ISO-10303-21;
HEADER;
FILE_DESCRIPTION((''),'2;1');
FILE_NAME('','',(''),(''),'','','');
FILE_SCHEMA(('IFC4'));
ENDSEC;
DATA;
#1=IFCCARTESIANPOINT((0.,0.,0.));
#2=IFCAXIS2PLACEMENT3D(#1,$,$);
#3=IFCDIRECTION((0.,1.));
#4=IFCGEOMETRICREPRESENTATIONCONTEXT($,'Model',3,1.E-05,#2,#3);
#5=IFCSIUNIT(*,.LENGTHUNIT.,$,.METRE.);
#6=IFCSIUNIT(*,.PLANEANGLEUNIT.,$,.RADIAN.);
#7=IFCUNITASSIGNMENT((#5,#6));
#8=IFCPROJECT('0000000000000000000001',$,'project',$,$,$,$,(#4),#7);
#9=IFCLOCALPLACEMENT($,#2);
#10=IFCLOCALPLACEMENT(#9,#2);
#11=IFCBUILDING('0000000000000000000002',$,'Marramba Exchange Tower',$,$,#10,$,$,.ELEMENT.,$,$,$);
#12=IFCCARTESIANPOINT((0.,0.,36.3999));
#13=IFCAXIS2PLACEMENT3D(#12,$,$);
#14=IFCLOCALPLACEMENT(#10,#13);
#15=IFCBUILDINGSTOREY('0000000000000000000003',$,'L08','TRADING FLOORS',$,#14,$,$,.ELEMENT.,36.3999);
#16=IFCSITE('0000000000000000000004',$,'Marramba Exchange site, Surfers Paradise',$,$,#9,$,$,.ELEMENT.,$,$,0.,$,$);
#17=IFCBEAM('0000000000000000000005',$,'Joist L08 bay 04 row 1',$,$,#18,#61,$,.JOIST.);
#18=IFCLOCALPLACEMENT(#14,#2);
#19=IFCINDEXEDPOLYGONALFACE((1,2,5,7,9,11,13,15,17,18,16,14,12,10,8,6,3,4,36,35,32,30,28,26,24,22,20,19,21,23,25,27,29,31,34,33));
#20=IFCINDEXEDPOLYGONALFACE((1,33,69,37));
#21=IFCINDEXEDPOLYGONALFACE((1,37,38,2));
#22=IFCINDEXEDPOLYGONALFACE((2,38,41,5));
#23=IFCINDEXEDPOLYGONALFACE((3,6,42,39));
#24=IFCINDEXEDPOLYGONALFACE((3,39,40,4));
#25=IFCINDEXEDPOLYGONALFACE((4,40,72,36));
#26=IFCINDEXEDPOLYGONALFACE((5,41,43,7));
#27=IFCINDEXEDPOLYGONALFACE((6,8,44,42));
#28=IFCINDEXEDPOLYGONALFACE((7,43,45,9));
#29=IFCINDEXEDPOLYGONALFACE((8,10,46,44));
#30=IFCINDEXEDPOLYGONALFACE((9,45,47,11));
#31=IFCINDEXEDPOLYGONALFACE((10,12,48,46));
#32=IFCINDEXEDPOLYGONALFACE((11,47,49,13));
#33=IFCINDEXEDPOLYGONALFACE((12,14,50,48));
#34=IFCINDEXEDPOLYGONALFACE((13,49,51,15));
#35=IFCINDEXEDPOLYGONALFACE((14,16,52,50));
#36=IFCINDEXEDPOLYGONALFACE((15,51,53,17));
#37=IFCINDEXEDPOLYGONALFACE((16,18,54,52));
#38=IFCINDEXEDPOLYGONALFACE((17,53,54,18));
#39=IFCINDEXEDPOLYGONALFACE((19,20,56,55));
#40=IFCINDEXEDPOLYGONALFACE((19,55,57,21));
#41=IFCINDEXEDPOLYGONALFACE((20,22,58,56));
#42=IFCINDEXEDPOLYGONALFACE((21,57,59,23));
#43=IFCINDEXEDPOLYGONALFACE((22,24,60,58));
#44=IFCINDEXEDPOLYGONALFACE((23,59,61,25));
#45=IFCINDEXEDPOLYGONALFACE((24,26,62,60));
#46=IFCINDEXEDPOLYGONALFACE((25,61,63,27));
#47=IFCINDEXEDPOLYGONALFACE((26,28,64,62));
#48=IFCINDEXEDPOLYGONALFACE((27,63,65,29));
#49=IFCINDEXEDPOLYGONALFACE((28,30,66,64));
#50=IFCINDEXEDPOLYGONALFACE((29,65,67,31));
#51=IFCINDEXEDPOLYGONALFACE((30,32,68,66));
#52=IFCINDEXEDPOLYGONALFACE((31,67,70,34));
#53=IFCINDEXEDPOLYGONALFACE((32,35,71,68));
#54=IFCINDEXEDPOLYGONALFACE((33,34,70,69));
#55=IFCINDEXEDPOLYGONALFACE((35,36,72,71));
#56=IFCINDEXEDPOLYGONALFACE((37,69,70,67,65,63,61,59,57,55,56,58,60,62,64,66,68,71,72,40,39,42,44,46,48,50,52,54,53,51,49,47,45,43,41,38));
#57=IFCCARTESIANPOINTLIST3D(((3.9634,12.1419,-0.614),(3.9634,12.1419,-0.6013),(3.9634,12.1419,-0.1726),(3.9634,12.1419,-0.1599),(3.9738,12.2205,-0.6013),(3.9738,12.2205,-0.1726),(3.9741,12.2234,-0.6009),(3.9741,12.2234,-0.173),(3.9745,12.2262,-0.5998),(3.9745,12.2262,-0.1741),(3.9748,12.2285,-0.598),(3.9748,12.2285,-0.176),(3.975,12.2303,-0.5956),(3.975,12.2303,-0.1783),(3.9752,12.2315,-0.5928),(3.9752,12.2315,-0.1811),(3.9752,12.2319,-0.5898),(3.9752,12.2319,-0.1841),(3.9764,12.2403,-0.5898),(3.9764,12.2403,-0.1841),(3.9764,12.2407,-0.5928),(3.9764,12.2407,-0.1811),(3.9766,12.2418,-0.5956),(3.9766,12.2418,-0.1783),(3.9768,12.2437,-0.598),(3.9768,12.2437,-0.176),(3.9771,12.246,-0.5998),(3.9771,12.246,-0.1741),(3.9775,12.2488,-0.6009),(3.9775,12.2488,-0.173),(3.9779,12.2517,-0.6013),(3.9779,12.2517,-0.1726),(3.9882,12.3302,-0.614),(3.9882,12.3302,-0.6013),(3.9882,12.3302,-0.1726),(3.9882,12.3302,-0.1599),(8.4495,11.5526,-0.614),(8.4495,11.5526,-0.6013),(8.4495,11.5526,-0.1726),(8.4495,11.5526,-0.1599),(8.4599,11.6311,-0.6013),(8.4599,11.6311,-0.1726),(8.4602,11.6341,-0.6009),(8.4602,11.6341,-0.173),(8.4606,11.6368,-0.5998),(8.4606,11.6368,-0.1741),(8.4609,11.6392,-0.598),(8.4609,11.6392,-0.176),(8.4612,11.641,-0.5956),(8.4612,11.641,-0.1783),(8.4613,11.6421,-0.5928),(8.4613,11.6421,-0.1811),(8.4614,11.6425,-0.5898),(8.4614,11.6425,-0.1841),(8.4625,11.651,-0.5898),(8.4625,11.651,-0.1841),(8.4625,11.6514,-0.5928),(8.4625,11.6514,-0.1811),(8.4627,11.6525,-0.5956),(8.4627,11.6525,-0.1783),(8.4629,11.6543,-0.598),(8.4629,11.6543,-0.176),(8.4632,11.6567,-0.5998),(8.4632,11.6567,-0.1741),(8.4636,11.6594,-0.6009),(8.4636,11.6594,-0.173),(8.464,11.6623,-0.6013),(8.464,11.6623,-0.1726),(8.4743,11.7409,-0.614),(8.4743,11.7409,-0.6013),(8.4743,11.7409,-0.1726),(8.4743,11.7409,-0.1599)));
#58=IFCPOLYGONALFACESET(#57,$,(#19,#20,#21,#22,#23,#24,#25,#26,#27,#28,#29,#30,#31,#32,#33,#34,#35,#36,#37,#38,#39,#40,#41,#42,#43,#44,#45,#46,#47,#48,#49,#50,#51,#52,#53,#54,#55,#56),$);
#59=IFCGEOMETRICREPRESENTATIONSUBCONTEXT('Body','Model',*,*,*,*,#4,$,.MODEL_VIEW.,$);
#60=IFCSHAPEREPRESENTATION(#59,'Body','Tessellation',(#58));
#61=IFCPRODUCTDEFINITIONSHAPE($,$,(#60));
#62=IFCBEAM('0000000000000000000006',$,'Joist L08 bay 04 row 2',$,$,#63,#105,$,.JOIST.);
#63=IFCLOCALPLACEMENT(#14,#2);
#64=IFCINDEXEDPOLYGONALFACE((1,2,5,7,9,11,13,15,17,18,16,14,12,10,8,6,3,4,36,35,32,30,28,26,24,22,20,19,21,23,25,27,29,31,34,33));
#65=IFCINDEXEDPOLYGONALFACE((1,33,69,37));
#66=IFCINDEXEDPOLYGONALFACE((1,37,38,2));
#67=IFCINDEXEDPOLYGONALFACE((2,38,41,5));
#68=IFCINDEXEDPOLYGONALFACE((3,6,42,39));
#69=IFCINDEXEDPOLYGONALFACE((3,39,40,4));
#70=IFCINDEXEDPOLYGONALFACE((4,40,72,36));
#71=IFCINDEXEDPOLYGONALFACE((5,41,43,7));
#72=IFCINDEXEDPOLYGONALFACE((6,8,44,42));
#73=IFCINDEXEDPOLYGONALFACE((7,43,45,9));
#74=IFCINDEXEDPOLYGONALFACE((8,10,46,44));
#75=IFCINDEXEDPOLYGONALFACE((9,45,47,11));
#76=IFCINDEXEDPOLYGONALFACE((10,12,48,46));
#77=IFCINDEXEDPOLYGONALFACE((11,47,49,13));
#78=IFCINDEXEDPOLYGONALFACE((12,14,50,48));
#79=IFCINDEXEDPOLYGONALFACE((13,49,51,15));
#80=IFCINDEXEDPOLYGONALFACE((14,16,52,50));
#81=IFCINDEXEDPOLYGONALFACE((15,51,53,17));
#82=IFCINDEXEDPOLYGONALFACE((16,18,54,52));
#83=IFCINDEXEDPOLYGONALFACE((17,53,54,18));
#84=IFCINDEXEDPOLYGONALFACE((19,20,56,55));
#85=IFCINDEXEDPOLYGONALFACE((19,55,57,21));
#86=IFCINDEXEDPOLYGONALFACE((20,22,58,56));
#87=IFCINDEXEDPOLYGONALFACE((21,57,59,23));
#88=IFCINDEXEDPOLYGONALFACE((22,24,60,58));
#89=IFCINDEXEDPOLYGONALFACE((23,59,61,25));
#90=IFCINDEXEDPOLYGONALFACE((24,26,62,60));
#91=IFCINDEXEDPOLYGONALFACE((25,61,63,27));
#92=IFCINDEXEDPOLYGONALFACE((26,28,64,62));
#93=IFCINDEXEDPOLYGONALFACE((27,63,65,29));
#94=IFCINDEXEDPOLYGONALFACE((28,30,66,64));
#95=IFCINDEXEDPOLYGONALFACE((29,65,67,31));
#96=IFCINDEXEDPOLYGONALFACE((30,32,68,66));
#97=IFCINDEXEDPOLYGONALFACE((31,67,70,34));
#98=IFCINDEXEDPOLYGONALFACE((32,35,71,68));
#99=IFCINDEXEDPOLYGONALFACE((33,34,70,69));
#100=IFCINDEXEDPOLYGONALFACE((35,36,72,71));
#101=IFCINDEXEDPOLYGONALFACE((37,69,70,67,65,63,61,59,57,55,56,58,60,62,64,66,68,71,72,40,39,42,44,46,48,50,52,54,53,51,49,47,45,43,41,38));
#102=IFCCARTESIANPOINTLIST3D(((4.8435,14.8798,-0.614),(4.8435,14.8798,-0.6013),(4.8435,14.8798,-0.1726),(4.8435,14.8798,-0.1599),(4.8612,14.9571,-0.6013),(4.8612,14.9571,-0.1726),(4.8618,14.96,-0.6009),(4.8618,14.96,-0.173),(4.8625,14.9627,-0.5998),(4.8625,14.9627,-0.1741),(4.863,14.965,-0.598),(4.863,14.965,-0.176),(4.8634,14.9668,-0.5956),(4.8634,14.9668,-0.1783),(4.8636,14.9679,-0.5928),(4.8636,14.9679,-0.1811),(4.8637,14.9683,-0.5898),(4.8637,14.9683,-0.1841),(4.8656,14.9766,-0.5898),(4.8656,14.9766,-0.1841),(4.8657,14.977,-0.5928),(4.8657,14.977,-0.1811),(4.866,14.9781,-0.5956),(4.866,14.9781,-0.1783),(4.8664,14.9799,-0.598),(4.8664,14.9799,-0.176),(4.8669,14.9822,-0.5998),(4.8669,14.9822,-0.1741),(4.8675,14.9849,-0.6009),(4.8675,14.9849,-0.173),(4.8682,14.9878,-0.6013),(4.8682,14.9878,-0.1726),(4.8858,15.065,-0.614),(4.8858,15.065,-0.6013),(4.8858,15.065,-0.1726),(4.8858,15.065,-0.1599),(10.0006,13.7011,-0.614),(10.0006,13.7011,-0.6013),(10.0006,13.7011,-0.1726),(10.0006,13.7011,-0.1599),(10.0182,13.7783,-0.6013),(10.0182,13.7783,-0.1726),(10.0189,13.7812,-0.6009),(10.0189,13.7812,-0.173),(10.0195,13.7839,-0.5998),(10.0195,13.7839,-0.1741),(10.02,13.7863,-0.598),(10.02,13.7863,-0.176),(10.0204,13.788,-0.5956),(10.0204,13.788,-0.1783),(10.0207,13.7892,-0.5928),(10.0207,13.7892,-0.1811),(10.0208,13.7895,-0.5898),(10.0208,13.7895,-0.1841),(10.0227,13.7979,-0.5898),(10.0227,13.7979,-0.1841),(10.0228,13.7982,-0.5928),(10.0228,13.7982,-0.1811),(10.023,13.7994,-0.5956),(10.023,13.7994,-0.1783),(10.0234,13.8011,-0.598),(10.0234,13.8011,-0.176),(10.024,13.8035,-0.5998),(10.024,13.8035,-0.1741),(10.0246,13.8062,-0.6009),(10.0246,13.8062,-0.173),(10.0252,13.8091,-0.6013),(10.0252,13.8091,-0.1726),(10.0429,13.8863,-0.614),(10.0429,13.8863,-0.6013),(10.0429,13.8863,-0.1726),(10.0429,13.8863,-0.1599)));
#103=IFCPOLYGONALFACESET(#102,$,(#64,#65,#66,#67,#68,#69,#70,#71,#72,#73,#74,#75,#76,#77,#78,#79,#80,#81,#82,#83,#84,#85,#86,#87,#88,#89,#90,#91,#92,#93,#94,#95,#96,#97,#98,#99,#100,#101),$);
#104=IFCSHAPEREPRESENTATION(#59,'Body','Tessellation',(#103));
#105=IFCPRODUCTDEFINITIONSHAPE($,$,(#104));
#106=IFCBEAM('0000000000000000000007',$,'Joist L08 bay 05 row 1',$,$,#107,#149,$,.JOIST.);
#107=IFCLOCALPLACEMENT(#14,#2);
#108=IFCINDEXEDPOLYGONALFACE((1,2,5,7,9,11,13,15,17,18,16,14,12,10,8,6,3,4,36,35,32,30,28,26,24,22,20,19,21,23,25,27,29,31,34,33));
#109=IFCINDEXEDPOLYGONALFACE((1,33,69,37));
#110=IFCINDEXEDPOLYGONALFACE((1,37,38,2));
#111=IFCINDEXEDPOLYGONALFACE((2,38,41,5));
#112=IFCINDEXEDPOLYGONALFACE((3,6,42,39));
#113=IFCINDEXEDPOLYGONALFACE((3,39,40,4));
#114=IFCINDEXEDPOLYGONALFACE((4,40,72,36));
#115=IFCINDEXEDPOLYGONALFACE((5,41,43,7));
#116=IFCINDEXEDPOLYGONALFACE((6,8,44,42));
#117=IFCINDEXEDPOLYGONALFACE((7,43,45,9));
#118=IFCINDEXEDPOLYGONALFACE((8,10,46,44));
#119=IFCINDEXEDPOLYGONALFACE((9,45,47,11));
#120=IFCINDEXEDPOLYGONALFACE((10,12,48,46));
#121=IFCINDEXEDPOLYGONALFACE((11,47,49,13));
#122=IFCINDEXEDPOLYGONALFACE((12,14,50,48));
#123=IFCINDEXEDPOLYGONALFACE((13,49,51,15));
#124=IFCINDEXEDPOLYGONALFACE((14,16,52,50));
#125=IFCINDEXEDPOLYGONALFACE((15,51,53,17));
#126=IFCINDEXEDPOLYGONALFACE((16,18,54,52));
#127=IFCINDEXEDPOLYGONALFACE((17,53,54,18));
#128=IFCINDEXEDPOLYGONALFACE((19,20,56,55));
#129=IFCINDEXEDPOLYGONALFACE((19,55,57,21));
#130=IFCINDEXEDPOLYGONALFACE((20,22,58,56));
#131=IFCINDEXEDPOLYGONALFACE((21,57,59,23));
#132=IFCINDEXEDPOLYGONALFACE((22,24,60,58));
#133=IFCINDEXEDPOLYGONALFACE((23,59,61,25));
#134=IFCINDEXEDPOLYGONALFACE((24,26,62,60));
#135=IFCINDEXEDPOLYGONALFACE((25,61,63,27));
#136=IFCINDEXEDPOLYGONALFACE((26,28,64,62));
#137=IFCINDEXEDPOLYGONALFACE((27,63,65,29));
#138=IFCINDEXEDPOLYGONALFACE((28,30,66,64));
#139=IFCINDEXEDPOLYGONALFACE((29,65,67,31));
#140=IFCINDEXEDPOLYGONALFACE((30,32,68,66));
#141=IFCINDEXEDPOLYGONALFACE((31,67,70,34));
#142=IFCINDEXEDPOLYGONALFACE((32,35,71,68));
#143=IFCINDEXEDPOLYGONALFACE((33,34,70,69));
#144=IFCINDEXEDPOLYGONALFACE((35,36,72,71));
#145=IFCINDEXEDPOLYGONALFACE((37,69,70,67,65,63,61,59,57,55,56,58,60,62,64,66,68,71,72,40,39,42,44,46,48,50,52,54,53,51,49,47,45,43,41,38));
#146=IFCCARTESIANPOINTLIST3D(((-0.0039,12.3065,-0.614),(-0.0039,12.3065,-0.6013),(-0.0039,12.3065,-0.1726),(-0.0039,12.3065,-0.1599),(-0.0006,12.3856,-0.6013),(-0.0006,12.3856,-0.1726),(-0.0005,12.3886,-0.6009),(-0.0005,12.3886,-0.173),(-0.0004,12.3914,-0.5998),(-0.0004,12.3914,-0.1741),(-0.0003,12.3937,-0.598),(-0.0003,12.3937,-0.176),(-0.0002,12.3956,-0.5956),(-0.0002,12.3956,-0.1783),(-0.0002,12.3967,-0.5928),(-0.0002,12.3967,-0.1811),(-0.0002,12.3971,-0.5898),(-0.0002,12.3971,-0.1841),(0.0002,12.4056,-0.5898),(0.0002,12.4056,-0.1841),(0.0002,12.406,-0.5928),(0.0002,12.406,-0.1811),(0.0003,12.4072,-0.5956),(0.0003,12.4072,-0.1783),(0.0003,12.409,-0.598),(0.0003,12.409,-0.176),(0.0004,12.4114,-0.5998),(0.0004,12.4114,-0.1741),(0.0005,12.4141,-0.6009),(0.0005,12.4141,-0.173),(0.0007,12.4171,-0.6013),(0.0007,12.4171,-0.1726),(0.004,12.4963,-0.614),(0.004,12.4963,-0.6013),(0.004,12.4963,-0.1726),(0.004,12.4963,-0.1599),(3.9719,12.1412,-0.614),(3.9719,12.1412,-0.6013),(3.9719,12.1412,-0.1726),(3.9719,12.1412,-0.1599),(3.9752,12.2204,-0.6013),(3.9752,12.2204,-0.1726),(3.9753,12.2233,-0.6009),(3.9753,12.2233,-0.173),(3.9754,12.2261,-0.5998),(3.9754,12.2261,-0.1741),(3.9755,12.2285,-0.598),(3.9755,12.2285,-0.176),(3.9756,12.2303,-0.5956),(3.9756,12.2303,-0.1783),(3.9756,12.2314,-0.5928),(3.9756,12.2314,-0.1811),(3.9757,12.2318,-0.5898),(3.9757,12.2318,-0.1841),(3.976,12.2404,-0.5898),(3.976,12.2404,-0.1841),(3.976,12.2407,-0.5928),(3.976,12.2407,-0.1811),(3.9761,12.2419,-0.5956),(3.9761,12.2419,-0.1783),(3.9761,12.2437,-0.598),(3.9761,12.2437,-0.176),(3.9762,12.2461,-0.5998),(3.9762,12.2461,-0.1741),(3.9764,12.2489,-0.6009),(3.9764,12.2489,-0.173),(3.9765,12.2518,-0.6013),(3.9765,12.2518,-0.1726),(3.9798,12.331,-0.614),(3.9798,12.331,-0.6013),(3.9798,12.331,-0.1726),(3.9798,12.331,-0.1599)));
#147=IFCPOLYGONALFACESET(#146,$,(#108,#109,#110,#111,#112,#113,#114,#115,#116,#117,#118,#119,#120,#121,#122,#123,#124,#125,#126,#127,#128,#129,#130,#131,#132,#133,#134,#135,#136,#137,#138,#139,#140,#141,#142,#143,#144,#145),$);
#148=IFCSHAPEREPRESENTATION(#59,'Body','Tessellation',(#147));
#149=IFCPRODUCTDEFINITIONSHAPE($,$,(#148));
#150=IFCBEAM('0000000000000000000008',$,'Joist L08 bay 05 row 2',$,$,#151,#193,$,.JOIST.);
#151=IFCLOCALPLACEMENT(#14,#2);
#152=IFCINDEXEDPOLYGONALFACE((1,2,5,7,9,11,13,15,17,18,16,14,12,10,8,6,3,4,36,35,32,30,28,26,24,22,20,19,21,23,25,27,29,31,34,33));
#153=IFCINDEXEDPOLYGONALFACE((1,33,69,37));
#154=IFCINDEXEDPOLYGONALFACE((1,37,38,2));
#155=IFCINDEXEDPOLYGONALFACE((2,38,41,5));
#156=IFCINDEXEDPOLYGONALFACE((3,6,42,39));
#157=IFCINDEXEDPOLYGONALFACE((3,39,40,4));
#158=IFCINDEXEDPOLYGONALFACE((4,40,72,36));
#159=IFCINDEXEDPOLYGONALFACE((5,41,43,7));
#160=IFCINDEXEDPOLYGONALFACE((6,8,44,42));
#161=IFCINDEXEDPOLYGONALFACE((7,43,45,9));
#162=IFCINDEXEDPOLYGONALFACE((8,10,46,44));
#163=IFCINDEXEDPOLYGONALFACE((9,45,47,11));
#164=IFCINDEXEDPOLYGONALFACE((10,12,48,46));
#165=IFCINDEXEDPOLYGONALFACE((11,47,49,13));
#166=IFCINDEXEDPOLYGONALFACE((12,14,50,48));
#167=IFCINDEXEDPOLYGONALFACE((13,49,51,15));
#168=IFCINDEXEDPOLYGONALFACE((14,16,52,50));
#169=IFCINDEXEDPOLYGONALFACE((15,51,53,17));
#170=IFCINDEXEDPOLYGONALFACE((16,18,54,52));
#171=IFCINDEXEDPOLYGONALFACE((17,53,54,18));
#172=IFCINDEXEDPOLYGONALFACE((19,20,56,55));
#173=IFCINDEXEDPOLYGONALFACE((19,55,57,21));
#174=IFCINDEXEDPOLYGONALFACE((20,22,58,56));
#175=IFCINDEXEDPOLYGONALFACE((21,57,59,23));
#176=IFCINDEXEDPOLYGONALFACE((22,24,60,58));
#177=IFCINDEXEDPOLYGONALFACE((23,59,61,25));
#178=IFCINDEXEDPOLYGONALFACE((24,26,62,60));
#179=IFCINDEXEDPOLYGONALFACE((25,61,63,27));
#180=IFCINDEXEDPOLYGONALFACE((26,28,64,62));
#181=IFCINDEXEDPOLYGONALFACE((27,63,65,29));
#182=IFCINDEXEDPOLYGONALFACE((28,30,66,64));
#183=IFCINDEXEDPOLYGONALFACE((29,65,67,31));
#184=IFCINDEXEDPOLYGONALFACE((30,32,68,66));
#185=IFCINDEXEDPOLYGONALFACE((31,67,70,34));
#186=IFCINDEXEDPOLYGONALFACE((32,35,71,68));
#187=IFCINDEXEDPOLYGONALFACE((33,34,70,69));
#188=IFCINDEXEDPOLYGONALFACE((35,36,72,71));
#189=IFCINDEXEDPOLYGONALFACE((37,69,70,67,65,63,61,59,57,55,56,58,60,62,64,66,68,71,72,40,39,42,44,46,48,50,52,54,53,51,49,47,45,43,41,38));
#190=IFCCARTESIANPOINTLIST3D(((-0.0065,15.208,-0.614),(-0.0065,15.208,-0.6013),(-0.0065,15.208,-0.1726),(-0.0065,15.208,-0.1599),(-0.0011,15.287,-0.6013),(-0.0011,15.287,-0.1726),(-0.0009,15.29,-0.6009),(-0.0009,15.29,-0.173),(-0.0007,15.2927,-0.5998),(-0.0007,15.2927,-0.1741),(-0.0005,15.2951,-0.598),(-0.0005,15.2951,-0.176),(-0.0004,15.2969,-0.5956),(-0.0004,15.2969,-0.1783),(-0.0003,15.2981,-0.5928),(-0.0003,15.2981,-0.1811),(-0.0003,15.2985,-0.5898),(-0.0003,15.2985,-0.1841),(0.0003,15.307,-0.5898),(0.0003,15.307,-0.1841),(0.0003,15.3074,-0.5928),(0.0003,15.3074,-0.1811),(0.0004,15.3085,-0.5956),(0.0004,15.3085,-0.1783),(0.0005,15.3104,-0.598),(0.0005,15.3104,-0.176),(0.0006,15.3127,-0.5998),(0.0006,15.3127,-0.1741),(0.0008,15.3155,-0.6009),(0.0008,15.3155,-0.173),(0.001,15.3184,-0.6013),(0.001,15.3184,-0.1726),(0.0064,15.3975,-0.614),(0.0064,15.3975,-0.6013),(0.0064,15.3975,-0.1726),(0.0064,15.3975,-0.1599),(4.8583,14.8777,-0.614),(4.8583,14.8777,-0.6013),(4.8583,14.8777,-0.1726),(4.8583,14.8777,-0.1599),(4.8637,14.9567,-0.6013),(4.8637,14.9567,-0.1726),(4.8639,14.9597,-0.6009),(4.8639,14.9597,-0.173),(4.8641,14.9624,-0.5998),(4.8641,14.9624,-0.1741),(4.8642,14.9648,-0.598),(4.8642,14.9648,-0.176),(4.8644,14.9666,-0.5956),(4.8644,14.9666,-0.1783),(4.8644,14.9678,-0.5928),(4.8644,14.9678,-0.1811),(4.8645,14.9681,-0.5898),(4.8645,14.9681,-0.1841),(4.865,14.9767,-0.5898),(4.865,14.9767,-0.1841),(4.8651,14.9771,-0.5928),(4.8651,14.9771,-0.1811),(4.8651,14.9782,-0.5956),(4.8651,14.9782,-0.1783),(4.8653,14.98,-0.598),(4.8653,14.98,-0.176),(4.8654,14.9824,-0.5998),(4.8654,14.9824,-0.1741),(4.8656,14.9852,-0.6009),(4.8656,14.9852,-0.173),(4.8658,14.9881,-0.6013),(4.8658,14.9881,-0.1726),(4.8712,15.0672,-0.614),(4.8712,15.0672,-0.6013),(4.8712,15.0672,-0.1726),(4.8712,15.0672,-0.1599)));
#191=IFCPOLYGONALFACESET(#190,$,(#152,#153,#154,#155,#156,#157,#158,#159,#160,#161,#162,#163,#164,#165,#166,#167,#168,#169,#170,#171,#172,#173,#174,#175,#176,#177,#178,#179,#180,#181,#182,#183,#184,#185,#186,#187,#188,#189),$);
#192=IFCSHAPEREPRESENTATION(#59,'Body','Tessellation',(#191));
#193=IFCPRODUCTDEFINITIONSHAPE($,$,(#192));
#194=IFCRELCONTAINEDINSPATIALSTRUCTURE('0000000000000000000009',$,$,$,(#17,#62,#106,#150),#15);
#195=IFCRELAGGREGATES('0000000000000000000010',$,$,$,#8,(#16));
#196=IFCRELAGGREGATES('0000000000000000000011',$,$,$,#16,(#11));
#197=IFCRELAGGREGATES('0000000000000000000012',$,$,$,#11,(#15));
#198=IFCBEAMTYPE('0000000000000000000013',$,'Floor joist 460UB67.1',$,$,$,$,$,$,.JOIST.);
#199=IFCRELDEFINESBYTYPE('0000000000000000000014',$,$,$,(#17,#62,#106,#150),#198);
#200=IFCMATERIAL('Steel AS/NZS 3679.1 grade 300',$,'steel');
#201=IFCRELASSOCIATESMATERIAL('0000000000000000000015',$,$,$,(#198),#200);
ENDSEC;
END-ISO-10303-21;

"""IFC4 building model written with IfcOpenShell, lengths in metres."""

from ifc_helpers import new_model, si_unit, direction, frame, origin, origin_2d, place, context, subcontext, project, spatial, i_section, extrude, material, material_profile, profile_set, type_object, element, save


model = new_model("IFC4")

# Units and contexts
model_context = context("Model", 3, precision=1e-05, world=origin(), true_north=direction((0.0, 1.0)))
body_context = subcontext(model_context, "Body", "Model", "MODEL_VIEW")
ifc_project = project(units=[si_unit("LENGTHUNIT", "METRE"), si_unit("PLANEANGLEUNIT", "RADIAN")], contexts=[model_context])

# Site, building, storey
site_placement = place(None, origin())
site = spatial("IfcSite", under=ifc_project, at=site_placement, Name="Marramba Exchange site, Surfers Paradise", CompositionType="ELEMENT", RefElevation=0.0)
building_placement = place(site_placement, origin())
building = spatial("IfcBuilding", under=site, at=building_placement, Name="Marramba Exchange Tower", CompositionType="ELEMENT")
storey_placement = place(building_placement, frame((0.0, 0.0, 36.3999)))
storey = spatial("IfcBuildingStorey", under=building, at=storey_placement, Name="L08", Description="TRADING FLOORS", CompositionType="ELEMENT", Elevation=36.3999)

# Beams
ifc_material_1 = material(Name="Steel AS/NZS 3679.1 grade 300", Category="steel")
ifc_material_profile_1 = material_profile(ifc_material_1, i_section(OverallWidth=0.1899, OverallDepth=0.4541, WebThickness=0.0085, FlangeThickness=0.0127, FilletRadius=0.0115, at=origin_2d()), Name="460UB67.1")
ifc_profile_set_1 = profile_set([ifc_material_profile_1], Name="Steel AS/NZS 3679.1 grade 300")
beam_type_1 = type_object("IfcBeamType", Name="Floor joist 460UB67.1", PredefinedType="JOIST", material=ifc_profile_set_1)
beam_1_placement = place(storey_placement, frame((8.4619, 11.6467, -0.387), z_axis=(-0.991481, 0.130255, 0.0), x_axis=(-0.130255, -0.991481, 0.0)))
element("IfcBeam", 1, at=beam_1_placement, inside=storey, type_object=beam_type_1, Name="Joist L08 bay 04 row 1", PredefinedType="JOIST", context=body_context, shape_type="SweptSolid", body=[
    extrude(i_section(OverallWidth=0.1899, OverallDepth=0.4541, WebThickness=0.0085, FlangeThickness=0.0127, FilletRadius=0.0115, at=origin_2d()), origin(), (0.0, 0.0, 1.0), 4.5247),
])
beam_2_placement = place(storey_placement, frame((10.0217, 13.7937, -0.387), z_axis=(-0.97486, 0.22282, 0.0), x_axis=(-0.22282, -0.97486, 0.0)))
element("IfcBeam", 2, at=beam_2_placement, inside=storey, type_object=beam_type_1, Name="Joist L08 bay 04 row 2", PredefinedType="JOIST", context=body_context, shape_type="SweptSolid", body=[
    extrude(i_section(OverallWidth=0.1899, OverallDepth=0.4541, WebThickness=0.0085, FlangeThickness=0.0127, FilletRadius=0.0115, at=origin_2d()), origin(), (0.0, 0.0, 1.0), 5.29),
])
beam_3_placement = place(storey_placement, frame((3.9758, 12.2361, -0.387), z_axis=(-0.999137, 0.041536, 0.0), x_axis=(-0.041536, -0.999137, 0.0)))
element("IfcBeam", 3, at=beam_3_placement, inside=storey, type_object=beam_type_1, Name="Joist L08 bay 05 row 1", PredefinedType="JOIST", context=body_context, shape_type="SweptSolid", body=[
    extrude(i_section(OverallWidth=0.1899, OverallDepth=0.4541, WebThickness=0.0085, FlangeThickness=0.0127, FilletRadius=0.0115, at=origin_2d()), origin(), (0.0, 0.0, 1.0), 3.9792),
])
beam_4_placement = place(storey_placement, frame((4.8647, 14.9724, -0.387), z_axis=(-0.997703, 0.067745, 0.0), x_axis=(-0.067745, -0.997703, 0.0)))
element("IfcBeam", 4, at=beam_4_placement, inside=storey, type_object=beam_type_1, Name="Joist L08 bay 05 row 2", PredefinedType="JOIST", context=body_context, shape_type="SweptSolid", body=[
    extrude(i_section(OverallWidth=0.1899, OverallDepth=0.4541, WebThickness=0.0085, FlangeThickness=0.0127, FilletRadius=0.0115, at=origin_2d()), origin(), (0.0, 0.0, 1.0), 4.876),
])

save(model, "model.ifc")
